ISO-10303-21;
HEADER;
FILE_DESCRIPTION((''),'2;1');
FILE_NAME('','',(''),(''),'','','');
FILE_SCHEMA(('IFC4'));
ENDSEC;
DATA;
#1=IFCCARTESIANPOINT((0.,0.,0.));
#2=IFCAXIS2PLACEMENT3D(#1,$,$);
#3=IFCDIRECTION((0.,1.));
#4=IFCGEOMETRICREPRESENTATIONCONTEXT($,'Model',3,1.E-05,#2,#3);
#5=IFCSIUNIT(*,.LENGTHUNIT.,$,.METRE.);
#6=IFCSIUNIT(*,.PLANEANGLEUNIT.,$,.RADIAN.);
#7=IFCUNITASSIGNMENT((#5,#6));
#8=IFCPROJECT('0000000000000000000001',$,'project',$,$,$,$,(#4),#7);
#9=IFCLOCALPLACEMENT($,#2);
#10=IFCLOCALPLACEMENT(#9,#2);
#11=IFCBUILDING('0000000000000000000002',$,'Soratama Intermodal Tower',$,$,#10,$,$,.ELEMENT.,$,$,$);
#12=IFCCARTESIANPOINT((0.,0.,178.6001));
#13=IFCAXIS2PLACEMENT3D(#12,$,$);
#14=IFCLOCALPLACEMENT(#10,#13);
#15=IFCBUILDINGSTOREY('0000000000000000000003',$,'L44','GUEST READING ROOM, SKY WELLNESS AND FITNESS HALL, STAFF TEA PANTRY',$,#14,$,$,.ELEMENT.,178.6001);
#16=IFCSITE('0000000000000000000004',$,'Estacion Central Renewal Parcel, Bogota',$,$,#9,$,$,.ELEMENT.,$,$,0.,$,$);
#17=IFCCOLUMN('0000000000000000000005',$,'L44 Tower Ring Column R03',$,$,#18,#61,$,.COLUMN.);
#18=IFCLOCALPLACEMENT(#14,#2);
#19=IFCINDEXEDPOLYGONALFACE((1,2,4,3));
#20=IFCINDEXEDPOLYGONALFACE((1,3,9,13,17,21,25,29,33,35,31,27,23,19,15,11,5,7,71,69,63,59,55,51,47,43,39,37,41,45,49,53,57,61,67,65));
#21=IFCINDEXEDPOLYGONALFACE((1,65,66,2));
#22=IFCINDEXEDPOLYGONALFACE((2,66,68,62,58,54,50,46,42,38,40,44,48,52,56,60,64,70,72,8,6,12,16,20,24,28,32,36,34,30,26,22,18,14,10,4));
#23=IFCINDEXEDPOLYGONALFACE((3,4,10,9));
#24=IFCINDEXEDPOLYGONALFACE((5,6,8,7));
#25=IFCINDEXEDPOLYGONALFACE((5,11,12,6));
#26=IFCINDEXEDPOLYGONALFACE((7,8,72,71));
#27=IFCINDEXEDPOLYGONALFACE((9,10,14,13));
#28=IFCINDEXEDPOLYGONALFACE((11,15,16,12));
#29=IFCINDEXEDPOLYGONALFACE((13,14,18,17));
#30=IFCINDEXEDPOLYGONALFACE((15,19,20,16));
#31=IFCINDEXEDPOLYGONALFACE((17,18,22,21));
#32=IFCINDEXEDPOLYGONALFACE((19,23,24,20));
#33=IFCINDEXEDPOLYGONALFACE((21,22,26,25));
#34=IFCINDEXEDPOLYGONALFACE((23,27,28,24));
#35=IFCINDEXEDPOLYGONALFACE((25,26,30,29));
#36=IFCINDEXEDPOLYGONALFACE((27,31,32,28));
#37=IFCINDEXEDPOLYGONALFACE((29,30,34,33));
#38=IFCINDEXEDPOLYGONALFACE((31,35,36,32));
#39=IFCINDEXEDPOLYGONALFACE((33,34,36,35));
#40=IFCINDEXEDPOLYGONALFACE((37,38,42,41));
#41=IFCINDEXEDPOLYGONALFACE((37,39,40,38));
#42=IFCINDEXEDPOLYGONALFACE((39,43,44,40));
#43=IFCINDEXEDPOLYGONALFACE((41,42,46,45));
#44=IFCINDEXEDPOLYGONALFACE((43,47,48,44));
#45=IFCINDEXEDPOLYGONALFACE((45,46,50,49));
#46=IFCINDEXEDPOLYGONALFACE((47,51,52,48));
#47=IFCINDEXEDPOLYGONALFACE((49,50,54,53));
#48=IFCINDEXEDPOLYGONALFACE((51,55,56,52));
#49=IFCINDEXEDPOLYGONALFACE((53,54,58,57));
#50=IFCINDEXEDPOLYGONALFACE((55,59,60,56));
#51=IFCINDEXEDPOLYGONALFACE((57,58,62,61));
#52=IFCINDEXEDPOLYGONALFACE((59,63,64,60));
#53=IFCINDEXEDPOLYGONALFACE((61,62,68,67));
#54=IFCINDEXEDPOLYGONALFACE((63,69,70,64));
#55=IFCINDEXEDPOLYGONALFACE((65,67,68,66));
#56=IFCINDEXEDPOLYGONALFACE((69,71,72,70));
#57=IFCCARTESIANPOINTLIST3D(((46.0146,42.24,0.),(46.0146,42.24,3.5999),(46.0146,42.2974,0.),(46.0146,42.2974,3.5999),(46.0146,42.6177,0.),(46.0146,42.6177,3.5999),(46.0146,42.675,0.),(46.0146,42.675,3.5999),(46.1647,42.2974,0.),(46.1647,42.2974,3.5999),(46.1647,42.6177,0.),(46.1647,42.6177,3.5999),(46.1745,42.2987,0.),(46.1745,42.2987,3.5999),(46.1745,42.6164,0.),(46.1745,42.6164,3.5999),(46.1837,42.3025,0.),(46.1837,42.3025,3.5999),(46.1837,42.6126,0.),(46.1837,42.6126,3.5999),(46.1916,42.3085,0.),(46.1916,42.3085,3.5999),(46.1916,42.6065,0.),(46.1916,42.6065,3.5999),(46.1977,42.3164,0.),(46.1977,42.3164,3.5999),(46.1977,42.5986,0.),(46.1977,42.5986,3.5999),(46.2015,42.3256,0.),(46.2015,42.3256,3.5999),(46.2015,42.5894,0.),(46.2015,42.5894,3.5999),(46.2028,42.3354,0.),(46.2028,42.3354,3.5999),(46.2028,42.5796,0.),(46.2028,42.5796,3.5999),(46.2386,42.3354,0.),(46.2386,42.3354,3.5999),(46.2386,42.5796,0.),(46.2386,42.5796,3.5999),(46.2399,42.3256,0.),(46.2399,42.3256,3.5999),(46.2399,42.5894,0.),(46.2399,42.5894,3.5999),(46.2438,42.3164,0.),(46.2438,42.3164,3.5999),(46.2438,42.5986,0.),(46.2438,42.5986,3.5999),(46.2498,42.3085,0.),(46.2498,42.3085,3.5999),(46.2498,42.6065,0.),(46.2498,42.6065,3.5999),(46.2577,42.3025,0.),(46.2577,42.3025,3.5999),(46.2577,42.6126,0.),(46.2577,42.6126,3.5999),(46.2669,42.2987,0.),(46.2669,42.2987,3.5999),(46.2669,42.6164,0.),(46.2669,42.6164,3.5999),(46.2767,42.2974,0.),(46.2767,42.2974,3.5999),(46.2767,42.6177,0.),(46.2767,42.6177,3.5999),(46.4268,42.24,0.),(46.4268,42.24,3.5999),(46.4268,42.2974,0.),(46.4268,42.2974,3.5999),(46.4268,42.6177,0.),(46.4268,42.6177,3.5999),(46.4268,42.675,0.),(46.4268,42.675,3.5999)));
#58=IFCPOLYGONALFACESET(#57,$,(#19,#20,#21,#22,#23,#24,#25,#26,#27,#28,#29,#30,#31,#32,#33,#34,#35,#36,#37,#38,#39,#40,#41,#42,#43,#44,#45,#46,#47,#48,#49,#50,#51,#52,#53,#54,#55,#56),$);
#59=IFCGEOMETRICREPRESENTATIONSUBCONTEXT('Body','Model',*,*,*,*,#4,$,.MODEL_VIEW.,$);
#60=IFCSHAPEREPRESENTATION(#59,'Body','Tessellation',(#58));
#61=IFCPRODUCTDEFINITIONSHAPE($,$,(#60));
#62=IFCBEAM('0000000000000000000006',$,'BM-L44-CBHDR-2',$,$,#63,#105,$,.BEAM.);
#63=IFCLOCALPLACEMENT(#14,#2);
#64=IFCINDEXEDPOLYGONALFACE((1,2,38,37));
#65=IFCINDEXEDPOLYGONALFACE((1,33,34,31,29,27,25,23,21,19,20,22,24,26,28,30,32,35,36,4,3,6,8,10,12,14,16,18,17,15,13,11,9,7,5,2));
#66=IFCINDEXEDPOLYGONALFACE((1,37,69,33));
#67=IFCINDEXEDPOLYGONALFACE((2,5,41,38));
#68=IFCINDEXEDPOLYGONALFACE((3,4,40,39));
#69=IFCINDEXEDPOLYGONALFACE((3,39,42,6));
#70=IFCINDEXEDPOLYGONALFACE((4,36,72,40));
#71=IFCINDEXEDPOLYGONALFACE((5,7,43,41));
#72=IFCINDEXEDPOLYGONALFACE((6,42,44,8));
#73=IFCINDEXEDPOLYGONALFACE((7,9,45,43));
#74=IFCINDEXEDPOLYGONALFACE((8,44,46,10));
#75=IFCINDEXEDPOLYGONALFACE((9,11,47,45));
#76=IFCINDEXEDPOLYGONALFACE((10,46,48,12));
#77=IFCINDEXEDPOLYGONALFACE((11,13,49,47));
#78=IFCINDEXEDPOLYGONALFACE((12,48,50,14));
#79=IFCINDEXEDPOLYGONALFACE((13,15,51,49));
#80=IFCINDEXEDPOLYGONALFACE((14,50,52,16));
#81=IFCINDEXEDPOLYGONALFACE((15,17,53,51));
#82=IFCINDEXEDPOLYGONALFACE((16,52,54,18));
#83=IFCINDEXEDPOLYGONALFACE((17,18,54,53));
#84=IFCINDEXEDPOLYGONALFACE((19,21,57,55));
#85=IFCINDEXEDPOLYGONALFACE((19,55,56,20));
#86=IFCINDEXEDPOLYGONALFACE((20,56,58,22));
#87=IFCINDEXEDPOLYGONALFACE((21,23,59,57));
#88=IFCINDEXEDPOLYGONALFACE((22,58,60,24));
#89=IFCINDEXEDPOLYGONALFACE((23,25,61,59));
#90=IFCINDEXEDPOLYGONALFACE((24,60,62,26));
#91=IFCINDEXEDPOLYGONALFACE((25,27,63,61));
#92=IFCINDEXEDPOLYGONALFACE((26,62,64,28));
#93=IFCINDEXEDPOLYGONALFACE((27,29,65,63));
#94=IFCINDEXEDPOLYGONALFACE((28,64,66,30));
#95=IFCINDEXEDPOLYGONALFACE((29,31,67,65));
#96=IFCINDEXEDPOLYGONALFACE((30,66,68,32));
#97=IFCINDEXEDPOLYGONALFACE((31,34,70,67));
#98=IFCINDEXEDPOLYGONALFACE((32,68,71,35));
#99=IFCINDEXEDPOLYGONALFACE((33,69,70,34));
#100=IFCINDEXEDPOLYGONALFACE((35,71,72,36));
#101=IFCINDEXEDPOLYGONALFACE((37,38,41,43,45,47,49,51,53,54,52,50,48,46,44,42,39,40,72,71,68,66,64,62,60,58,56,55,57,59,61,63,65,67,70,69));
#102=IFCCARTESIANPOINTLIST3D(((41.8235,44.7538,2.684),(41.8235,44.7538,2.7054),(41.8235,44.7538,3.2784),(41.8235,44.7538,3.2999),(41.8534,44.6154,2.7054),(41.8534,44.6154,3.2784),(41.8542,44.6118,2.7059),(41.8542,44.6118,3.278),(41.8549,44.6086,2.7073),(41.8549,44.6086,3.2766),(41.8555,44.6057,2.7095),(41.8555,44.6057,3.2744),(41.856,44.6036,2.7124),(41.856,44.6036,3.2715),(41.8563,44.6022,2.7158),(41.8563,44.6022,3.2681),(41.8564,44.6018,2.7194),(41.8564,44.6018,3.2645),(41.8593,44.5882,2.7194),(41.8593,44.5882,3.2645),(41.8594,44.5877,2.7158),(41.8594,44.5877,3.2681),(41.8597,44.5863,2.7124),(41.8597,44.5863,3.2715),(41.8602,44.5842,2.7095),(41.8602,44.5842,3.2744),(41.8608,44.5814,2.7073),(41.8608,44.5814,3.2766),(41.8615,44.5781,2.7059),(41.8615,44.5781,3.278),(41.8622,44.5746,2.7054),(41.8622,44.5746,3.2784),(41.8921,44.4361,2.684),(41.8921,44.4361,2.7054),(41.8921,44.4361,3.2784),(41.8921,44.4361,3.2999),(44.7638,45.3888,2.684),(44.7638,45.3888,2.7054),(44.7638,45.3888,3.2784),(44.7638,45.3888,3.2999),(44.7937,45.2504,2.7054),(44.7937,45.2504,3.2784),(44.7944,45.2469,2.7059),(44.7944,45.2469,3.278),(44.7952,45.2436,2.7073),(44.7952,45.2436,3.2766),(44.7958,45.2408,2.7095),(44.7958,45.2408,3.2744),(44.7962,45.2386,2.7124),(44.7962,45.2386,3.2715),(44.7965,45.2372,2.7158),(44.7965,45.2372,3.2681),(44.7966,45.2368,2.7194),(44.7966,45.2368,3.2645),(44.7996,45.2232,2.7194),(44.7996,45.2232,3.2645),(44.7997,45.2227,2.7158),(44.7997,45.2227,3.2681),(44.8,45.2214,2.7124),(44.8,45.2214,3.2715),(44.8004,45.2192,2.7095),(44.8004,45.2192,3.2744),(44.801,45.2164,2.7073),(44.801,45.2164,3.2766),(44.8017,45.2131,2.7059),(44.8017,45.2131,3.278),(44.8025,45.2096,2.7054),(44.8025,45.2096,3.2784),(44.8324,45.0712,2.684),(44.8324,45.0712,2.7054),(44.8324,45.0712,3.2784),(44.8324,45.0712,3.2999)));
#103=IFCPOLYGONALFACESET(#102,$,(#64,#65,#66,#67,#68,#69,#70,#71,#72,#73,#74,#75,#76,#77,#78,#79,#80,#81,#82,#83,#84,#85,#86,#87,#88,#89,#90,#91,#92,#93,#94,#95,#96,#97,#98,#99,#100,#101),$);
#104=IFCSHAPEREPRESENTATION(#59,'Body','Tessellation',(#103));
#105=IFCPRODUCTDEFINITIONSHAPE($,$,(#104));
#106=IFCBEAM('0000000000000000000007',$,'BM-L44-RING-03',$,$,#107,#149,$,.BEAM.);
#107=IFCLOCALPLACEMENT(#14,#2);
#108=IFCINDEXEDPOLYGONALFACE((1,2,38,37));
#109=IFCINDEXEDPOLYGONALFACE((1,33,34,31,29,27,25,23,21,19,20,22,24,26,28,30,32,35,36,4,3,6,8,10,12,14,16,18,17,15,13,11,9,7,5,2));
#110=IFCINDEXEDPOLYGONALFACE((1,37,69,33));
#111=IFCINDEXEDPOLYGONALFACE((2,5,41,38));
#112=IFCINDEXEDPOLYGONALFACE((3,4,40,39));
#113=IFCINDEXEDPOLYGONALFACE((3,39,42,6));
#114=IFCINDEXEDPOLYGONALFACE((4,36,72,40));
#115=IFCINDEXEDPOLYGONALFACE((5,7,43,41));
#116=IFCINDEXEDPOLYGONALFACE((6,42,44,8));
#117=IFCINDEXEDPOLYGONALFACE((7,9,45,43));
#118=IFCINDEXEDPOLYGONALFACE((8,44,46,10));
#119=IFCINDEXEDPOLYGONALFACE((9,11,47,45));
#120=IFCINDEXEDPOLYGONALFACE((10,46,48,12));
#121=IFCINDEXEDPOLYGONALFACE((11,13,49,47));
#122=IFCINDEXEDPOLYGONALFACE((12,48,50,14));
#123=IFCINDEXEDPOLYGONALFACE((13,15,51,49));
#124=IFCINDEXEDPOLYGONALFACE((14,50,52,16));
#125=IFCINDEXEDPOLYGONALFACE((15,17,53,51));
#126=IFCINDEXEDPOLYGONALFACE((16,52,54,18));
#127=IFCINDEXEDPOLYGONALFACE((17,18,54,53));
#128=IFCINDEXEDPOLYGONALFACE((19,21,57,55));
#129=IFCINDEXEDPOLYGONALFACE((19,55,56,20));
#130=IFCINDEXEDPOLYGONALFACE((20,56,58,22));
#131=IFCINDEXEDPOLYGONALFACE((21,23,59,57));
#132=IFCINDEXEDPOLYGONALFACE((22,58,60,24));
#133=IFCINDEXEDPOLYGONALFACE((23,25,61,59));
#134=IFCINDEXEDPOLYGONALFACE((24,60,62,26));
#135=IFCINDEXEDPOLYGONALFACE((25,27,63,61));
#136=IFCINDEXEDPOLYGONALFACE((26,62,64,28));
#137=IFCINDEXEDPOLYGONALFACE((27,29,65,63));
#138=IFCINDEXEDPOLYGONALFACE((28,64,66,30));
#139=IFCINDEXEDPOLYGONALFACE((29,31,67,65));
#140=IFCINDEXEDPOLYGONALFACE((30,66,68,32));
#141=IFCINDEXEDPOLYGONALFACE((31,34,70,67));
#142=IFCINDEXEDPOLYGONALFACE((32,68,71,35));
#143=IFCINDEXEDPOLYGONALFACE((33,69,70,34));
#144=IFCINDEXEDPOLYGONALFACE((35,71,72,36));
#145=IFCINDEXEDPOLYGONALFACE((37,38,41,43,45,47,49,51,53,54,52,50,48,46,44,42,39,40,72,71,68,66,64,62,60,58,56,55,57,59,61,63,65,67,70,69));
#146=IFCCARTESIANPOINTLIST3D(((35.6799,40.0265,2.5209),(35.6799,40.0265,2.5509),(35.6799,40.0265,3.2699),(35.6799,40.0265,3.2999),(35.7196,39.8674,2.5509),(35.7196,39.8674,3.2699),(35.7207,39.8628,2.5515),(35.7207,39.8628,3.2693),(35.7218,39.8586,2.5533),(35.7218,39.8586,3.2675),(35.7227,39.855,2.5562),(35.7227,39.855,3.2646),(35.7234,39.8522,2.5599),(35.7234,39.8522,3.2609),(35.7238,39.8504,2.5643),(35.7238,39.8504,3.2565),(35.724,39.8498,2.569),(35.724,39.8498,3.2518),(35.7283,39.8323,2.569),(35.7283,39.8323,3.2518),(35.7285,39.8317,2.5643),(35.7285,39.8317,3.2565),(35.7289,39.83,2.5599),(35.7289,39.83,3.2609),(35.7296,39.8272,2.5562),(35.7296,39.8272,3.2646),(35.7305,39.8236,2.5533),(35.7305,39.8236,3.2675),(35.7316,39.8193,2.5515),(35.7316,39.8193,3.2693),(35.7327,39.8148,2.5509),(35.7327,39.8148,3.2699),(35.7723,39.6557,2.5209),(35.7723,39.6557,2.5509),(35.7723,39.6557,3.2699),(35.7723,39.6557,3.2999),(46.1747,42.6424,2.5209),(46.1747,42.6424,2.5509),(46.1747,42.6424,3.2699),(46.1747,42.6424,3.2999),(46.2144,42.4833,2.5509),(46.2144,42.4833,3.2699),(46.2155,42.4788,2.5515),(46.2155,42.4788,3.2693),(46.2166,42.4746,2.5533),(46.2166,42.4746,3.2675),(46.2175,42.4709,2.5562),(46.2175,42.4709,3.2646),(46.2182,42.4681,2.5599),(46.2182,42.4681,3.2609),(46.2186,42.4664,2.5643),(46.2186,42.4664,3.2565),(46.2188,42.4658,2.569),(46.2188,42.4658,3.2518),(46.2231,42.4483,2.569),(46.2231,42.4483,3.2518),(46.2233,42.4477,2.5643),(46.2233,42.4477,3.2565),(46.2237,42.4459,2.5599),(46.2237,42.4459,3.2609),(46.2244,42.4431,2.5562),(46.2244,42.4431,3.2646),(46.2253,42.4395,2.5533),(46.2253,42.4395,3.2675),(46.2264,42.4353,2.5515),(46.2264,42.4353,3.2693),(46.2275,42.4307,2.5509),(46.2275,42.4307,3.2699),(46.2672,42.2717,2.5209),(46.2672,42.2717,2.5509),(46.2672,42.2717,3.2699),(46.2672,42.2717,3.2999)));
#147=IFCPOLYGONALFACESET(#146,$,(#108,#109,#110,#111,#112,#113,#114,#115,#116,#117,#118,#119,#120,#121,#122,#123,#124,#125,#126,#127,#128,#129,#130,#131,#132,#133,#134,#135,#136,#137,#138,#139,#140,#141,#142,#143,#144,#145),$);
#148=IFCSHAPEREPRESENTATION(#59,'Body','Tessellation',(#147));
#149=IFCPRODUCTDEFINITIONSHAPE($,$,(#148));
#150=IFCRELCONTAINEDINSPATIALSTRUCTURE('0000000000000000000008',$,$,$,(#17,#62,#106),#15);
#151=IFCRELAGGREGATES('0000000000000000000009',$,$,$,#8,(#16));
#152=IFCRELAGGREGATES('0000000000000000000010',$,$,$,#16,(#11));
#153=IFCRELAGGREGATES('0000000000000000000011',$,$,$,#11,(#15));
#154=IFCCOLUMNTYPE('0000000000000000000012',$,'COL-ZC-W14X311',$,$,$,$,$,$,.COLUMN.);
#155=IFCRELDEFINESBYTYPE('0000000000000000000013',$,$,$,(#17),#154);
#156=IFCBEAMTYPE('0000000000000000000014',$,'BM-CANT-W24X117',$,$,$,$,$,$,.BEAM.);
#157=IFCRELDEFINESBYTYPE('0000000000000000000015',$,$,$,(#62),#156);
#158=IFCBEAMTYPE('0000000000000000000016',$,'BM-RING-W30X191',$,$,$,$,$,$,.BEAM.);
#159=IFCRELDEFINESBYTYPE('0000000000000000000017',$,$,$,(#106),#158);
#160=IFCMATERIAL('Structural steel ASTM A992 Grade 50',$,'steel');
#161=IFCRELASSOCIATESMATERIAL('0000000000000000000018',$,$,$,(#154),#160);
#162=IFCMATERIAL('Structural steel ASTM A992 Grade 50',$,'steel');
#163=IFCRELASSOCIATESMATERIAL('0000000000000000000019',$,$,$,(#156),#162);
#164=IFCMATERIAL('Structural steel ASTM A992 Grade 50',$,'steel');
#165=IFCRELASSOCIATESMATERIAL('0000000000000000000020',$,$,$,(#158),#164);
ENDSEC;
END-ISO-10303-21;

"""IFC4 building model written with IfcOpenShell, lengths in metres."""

from ifc_helpers import new_model, si_unit, direction, frame, origin, origin_2d, place, context, subcontext, project, spatial, i_section, extrude, material, material_profile, profile_set, type_object, element, save


model = new_model("IFC4")

# Units and contexts
model_context = context("Model", 3, precision=1e-05, world=origin(), true_north=direction((0.0, 1.0)))
body_context = subcontext(model_context, "Body", "Model", "MODEL_VIEW")
ifc_project = project(units=[si_unit("LENGTHUNIT", "METRE"), si_unit("PLANEANGLEUNIT", "RADIAN")], contexts=[model_context])

# Site, building, storey
site_placement = place(None, origin())
site = spatial("IfcSite", under=ifc_project, at=site_placement, Name="Estacion Central Renewal Parcel, Bogota", CompositionType="ELEMENT", RefElevation=0.0)
building_placement = place(site_placement, origin())
building = spatial("IfcBuilding", under=site, at=building_placement, Name="Soratama Intermodal Tower", CompositionType="ELEMENT")
storey_placement = place(building_placement, frame((0.0, 0.0, 178.6001)))
storey = spatial("IfcBuildingStorey", under=building, at=storey_placement, Name="L44", Description="GUEST READING ROOM, SKY WELLNESS AND FITNESS HALL, STAFF TEA PANTRY", CompositionType="ELEMENT", Elevation=178.6001)

# Column
ifc_material_1 = material(Name="Structural steel ASTM A992 Grade 50", Category="steel")
ifc_material_profile_1 = material_profile(ifc_material_1, i_section(OverallWidth=0.4121, OverallDepth=0.4351, WebThickness=0.0359, FlangeThickness=0.0574, FilletRadius=0.0381, at=origin_2d()), Name="W14X311")
ifc_profile_set_1 = profile_set([ifc_material_profile_1], Name="Structural steel ASTM A992 Grade 50")
column_type = type_object("IfcColumnType", Name="COL-ZC-W14X311", PredefinedType="COLUMN", material=ifc_profile_set_1)
column_placement = place(storey_placement, frame((46.2207, 42.4575, 0.0), z_axis=(0.0, 0.0, 1.0), x_axis=(1.0, 0.0, 0.0)))
element("IfcColumn", 1, at=column_placement, inside=storey, type_object=column_type, Name="L44 Tower Ring Column R03", PredefinedType="COLUMN", context=body_context, shape_type="SweptSolid", body=[
    extrude(i_section(OverallWidth=0.4121, OverallDepth=0.4351, WebThickness=0.0359, FlangeThickness=0.0574, FilletRadius=0.0381, at=origin_2d()), origin(), (0.0, 0.0, 1.0), 3.5999),
])

# Beams
ifc_material_2 = material(Name="Structural steel ASTM A992 Grade 50", Category="steel")
ifc_material_profile_2 = material_profile(ifc_material_2, i_section(OverallWidth=0.325, OverallDepth=0.616, WebThickness=0.0139, FlangeThickness=0.0215, FilletRadius=0.0139, at=origin_2d()), Name="W24X117")
ifc_profile_set_2 = profile_set([ifc_material_profile_2], Name="Structural steel ASTM A992 Grade 50")
beam_type_1 = type_object("IfcBeamType", Name="BM-CANT-W24X117", PredefinedType="BEAM", material=ifc_profile_set_2)
beam_1_placement = place(storey_placement, frame((44.7981, 45.23, 2.9919), z_axis=(-0.977463, -0.211109, 0.0), x_axis=(0.211109, -0.977463, 0.0)))
element("IfcBeam", 2, at=beam_1_placement, inside=storey, type_object=beam_type_1, Name="BM-L44-CBHDR-2", PredefinedType="BEAM", context=body_context, shape_type="SweptSolid", body=[
    extrude(i_section(OverallWidth=0.325, OverallDepth=0.616, WebThickness=0.0139, FlangeThickness=0.0215, FilletRadius=0.0139, at=origin_2d()), origin(), (0.0, 0.0, 1.0), 3.0081),
])
ifc_material_3 = material(Name="Structural steel ASTM A992 Grade 50", Category="steel")
ifc_material_profile_3 = material_profile(ifc_material_3, i_section(OverallWidth=0.3821, OverallDepth=0.7791, WebThickness=0.0181, FlangeThickness=0.03, FilletRadius=0.0181, at=origin_2d()), Name="W30X191")
ifc_profile_set_3 = profile_set([ifc_material_profile_3], Name="Structural steel ASTM A992 Grade 50")
beam_type_2 = type_object("IfcBeamType", Name="BM-RING-W30X191", PredefinedType="BEAM", material=ifc_profile_set_3)
beam_2_placement = place(storey_placement, frame((46.2209, 42.457, 2.9104), z_axis=(-0.970311, -0.241861, 0.0), x_axis=(0.241861, -0.970311, 0.0)))
element("IfcBeam", 3, at=beam_2_placement, inside=storey, type_object=beam_type_2, Name="BM-L44-RING-03", PredefinedType="BEAM", context=body_context, shape_type="SweptSolid", body=[
    extrude(i_section(OverallWidth=0.3821, OverallDepth=0.7791, WebThickness=0.0181, FlangeThickness=0.03, FilletRadius=0.0181, at=origin_2d()), origin(), (0.0, 0.0, 1.0), 10.8159),
])

save(model, "model.ifc")
